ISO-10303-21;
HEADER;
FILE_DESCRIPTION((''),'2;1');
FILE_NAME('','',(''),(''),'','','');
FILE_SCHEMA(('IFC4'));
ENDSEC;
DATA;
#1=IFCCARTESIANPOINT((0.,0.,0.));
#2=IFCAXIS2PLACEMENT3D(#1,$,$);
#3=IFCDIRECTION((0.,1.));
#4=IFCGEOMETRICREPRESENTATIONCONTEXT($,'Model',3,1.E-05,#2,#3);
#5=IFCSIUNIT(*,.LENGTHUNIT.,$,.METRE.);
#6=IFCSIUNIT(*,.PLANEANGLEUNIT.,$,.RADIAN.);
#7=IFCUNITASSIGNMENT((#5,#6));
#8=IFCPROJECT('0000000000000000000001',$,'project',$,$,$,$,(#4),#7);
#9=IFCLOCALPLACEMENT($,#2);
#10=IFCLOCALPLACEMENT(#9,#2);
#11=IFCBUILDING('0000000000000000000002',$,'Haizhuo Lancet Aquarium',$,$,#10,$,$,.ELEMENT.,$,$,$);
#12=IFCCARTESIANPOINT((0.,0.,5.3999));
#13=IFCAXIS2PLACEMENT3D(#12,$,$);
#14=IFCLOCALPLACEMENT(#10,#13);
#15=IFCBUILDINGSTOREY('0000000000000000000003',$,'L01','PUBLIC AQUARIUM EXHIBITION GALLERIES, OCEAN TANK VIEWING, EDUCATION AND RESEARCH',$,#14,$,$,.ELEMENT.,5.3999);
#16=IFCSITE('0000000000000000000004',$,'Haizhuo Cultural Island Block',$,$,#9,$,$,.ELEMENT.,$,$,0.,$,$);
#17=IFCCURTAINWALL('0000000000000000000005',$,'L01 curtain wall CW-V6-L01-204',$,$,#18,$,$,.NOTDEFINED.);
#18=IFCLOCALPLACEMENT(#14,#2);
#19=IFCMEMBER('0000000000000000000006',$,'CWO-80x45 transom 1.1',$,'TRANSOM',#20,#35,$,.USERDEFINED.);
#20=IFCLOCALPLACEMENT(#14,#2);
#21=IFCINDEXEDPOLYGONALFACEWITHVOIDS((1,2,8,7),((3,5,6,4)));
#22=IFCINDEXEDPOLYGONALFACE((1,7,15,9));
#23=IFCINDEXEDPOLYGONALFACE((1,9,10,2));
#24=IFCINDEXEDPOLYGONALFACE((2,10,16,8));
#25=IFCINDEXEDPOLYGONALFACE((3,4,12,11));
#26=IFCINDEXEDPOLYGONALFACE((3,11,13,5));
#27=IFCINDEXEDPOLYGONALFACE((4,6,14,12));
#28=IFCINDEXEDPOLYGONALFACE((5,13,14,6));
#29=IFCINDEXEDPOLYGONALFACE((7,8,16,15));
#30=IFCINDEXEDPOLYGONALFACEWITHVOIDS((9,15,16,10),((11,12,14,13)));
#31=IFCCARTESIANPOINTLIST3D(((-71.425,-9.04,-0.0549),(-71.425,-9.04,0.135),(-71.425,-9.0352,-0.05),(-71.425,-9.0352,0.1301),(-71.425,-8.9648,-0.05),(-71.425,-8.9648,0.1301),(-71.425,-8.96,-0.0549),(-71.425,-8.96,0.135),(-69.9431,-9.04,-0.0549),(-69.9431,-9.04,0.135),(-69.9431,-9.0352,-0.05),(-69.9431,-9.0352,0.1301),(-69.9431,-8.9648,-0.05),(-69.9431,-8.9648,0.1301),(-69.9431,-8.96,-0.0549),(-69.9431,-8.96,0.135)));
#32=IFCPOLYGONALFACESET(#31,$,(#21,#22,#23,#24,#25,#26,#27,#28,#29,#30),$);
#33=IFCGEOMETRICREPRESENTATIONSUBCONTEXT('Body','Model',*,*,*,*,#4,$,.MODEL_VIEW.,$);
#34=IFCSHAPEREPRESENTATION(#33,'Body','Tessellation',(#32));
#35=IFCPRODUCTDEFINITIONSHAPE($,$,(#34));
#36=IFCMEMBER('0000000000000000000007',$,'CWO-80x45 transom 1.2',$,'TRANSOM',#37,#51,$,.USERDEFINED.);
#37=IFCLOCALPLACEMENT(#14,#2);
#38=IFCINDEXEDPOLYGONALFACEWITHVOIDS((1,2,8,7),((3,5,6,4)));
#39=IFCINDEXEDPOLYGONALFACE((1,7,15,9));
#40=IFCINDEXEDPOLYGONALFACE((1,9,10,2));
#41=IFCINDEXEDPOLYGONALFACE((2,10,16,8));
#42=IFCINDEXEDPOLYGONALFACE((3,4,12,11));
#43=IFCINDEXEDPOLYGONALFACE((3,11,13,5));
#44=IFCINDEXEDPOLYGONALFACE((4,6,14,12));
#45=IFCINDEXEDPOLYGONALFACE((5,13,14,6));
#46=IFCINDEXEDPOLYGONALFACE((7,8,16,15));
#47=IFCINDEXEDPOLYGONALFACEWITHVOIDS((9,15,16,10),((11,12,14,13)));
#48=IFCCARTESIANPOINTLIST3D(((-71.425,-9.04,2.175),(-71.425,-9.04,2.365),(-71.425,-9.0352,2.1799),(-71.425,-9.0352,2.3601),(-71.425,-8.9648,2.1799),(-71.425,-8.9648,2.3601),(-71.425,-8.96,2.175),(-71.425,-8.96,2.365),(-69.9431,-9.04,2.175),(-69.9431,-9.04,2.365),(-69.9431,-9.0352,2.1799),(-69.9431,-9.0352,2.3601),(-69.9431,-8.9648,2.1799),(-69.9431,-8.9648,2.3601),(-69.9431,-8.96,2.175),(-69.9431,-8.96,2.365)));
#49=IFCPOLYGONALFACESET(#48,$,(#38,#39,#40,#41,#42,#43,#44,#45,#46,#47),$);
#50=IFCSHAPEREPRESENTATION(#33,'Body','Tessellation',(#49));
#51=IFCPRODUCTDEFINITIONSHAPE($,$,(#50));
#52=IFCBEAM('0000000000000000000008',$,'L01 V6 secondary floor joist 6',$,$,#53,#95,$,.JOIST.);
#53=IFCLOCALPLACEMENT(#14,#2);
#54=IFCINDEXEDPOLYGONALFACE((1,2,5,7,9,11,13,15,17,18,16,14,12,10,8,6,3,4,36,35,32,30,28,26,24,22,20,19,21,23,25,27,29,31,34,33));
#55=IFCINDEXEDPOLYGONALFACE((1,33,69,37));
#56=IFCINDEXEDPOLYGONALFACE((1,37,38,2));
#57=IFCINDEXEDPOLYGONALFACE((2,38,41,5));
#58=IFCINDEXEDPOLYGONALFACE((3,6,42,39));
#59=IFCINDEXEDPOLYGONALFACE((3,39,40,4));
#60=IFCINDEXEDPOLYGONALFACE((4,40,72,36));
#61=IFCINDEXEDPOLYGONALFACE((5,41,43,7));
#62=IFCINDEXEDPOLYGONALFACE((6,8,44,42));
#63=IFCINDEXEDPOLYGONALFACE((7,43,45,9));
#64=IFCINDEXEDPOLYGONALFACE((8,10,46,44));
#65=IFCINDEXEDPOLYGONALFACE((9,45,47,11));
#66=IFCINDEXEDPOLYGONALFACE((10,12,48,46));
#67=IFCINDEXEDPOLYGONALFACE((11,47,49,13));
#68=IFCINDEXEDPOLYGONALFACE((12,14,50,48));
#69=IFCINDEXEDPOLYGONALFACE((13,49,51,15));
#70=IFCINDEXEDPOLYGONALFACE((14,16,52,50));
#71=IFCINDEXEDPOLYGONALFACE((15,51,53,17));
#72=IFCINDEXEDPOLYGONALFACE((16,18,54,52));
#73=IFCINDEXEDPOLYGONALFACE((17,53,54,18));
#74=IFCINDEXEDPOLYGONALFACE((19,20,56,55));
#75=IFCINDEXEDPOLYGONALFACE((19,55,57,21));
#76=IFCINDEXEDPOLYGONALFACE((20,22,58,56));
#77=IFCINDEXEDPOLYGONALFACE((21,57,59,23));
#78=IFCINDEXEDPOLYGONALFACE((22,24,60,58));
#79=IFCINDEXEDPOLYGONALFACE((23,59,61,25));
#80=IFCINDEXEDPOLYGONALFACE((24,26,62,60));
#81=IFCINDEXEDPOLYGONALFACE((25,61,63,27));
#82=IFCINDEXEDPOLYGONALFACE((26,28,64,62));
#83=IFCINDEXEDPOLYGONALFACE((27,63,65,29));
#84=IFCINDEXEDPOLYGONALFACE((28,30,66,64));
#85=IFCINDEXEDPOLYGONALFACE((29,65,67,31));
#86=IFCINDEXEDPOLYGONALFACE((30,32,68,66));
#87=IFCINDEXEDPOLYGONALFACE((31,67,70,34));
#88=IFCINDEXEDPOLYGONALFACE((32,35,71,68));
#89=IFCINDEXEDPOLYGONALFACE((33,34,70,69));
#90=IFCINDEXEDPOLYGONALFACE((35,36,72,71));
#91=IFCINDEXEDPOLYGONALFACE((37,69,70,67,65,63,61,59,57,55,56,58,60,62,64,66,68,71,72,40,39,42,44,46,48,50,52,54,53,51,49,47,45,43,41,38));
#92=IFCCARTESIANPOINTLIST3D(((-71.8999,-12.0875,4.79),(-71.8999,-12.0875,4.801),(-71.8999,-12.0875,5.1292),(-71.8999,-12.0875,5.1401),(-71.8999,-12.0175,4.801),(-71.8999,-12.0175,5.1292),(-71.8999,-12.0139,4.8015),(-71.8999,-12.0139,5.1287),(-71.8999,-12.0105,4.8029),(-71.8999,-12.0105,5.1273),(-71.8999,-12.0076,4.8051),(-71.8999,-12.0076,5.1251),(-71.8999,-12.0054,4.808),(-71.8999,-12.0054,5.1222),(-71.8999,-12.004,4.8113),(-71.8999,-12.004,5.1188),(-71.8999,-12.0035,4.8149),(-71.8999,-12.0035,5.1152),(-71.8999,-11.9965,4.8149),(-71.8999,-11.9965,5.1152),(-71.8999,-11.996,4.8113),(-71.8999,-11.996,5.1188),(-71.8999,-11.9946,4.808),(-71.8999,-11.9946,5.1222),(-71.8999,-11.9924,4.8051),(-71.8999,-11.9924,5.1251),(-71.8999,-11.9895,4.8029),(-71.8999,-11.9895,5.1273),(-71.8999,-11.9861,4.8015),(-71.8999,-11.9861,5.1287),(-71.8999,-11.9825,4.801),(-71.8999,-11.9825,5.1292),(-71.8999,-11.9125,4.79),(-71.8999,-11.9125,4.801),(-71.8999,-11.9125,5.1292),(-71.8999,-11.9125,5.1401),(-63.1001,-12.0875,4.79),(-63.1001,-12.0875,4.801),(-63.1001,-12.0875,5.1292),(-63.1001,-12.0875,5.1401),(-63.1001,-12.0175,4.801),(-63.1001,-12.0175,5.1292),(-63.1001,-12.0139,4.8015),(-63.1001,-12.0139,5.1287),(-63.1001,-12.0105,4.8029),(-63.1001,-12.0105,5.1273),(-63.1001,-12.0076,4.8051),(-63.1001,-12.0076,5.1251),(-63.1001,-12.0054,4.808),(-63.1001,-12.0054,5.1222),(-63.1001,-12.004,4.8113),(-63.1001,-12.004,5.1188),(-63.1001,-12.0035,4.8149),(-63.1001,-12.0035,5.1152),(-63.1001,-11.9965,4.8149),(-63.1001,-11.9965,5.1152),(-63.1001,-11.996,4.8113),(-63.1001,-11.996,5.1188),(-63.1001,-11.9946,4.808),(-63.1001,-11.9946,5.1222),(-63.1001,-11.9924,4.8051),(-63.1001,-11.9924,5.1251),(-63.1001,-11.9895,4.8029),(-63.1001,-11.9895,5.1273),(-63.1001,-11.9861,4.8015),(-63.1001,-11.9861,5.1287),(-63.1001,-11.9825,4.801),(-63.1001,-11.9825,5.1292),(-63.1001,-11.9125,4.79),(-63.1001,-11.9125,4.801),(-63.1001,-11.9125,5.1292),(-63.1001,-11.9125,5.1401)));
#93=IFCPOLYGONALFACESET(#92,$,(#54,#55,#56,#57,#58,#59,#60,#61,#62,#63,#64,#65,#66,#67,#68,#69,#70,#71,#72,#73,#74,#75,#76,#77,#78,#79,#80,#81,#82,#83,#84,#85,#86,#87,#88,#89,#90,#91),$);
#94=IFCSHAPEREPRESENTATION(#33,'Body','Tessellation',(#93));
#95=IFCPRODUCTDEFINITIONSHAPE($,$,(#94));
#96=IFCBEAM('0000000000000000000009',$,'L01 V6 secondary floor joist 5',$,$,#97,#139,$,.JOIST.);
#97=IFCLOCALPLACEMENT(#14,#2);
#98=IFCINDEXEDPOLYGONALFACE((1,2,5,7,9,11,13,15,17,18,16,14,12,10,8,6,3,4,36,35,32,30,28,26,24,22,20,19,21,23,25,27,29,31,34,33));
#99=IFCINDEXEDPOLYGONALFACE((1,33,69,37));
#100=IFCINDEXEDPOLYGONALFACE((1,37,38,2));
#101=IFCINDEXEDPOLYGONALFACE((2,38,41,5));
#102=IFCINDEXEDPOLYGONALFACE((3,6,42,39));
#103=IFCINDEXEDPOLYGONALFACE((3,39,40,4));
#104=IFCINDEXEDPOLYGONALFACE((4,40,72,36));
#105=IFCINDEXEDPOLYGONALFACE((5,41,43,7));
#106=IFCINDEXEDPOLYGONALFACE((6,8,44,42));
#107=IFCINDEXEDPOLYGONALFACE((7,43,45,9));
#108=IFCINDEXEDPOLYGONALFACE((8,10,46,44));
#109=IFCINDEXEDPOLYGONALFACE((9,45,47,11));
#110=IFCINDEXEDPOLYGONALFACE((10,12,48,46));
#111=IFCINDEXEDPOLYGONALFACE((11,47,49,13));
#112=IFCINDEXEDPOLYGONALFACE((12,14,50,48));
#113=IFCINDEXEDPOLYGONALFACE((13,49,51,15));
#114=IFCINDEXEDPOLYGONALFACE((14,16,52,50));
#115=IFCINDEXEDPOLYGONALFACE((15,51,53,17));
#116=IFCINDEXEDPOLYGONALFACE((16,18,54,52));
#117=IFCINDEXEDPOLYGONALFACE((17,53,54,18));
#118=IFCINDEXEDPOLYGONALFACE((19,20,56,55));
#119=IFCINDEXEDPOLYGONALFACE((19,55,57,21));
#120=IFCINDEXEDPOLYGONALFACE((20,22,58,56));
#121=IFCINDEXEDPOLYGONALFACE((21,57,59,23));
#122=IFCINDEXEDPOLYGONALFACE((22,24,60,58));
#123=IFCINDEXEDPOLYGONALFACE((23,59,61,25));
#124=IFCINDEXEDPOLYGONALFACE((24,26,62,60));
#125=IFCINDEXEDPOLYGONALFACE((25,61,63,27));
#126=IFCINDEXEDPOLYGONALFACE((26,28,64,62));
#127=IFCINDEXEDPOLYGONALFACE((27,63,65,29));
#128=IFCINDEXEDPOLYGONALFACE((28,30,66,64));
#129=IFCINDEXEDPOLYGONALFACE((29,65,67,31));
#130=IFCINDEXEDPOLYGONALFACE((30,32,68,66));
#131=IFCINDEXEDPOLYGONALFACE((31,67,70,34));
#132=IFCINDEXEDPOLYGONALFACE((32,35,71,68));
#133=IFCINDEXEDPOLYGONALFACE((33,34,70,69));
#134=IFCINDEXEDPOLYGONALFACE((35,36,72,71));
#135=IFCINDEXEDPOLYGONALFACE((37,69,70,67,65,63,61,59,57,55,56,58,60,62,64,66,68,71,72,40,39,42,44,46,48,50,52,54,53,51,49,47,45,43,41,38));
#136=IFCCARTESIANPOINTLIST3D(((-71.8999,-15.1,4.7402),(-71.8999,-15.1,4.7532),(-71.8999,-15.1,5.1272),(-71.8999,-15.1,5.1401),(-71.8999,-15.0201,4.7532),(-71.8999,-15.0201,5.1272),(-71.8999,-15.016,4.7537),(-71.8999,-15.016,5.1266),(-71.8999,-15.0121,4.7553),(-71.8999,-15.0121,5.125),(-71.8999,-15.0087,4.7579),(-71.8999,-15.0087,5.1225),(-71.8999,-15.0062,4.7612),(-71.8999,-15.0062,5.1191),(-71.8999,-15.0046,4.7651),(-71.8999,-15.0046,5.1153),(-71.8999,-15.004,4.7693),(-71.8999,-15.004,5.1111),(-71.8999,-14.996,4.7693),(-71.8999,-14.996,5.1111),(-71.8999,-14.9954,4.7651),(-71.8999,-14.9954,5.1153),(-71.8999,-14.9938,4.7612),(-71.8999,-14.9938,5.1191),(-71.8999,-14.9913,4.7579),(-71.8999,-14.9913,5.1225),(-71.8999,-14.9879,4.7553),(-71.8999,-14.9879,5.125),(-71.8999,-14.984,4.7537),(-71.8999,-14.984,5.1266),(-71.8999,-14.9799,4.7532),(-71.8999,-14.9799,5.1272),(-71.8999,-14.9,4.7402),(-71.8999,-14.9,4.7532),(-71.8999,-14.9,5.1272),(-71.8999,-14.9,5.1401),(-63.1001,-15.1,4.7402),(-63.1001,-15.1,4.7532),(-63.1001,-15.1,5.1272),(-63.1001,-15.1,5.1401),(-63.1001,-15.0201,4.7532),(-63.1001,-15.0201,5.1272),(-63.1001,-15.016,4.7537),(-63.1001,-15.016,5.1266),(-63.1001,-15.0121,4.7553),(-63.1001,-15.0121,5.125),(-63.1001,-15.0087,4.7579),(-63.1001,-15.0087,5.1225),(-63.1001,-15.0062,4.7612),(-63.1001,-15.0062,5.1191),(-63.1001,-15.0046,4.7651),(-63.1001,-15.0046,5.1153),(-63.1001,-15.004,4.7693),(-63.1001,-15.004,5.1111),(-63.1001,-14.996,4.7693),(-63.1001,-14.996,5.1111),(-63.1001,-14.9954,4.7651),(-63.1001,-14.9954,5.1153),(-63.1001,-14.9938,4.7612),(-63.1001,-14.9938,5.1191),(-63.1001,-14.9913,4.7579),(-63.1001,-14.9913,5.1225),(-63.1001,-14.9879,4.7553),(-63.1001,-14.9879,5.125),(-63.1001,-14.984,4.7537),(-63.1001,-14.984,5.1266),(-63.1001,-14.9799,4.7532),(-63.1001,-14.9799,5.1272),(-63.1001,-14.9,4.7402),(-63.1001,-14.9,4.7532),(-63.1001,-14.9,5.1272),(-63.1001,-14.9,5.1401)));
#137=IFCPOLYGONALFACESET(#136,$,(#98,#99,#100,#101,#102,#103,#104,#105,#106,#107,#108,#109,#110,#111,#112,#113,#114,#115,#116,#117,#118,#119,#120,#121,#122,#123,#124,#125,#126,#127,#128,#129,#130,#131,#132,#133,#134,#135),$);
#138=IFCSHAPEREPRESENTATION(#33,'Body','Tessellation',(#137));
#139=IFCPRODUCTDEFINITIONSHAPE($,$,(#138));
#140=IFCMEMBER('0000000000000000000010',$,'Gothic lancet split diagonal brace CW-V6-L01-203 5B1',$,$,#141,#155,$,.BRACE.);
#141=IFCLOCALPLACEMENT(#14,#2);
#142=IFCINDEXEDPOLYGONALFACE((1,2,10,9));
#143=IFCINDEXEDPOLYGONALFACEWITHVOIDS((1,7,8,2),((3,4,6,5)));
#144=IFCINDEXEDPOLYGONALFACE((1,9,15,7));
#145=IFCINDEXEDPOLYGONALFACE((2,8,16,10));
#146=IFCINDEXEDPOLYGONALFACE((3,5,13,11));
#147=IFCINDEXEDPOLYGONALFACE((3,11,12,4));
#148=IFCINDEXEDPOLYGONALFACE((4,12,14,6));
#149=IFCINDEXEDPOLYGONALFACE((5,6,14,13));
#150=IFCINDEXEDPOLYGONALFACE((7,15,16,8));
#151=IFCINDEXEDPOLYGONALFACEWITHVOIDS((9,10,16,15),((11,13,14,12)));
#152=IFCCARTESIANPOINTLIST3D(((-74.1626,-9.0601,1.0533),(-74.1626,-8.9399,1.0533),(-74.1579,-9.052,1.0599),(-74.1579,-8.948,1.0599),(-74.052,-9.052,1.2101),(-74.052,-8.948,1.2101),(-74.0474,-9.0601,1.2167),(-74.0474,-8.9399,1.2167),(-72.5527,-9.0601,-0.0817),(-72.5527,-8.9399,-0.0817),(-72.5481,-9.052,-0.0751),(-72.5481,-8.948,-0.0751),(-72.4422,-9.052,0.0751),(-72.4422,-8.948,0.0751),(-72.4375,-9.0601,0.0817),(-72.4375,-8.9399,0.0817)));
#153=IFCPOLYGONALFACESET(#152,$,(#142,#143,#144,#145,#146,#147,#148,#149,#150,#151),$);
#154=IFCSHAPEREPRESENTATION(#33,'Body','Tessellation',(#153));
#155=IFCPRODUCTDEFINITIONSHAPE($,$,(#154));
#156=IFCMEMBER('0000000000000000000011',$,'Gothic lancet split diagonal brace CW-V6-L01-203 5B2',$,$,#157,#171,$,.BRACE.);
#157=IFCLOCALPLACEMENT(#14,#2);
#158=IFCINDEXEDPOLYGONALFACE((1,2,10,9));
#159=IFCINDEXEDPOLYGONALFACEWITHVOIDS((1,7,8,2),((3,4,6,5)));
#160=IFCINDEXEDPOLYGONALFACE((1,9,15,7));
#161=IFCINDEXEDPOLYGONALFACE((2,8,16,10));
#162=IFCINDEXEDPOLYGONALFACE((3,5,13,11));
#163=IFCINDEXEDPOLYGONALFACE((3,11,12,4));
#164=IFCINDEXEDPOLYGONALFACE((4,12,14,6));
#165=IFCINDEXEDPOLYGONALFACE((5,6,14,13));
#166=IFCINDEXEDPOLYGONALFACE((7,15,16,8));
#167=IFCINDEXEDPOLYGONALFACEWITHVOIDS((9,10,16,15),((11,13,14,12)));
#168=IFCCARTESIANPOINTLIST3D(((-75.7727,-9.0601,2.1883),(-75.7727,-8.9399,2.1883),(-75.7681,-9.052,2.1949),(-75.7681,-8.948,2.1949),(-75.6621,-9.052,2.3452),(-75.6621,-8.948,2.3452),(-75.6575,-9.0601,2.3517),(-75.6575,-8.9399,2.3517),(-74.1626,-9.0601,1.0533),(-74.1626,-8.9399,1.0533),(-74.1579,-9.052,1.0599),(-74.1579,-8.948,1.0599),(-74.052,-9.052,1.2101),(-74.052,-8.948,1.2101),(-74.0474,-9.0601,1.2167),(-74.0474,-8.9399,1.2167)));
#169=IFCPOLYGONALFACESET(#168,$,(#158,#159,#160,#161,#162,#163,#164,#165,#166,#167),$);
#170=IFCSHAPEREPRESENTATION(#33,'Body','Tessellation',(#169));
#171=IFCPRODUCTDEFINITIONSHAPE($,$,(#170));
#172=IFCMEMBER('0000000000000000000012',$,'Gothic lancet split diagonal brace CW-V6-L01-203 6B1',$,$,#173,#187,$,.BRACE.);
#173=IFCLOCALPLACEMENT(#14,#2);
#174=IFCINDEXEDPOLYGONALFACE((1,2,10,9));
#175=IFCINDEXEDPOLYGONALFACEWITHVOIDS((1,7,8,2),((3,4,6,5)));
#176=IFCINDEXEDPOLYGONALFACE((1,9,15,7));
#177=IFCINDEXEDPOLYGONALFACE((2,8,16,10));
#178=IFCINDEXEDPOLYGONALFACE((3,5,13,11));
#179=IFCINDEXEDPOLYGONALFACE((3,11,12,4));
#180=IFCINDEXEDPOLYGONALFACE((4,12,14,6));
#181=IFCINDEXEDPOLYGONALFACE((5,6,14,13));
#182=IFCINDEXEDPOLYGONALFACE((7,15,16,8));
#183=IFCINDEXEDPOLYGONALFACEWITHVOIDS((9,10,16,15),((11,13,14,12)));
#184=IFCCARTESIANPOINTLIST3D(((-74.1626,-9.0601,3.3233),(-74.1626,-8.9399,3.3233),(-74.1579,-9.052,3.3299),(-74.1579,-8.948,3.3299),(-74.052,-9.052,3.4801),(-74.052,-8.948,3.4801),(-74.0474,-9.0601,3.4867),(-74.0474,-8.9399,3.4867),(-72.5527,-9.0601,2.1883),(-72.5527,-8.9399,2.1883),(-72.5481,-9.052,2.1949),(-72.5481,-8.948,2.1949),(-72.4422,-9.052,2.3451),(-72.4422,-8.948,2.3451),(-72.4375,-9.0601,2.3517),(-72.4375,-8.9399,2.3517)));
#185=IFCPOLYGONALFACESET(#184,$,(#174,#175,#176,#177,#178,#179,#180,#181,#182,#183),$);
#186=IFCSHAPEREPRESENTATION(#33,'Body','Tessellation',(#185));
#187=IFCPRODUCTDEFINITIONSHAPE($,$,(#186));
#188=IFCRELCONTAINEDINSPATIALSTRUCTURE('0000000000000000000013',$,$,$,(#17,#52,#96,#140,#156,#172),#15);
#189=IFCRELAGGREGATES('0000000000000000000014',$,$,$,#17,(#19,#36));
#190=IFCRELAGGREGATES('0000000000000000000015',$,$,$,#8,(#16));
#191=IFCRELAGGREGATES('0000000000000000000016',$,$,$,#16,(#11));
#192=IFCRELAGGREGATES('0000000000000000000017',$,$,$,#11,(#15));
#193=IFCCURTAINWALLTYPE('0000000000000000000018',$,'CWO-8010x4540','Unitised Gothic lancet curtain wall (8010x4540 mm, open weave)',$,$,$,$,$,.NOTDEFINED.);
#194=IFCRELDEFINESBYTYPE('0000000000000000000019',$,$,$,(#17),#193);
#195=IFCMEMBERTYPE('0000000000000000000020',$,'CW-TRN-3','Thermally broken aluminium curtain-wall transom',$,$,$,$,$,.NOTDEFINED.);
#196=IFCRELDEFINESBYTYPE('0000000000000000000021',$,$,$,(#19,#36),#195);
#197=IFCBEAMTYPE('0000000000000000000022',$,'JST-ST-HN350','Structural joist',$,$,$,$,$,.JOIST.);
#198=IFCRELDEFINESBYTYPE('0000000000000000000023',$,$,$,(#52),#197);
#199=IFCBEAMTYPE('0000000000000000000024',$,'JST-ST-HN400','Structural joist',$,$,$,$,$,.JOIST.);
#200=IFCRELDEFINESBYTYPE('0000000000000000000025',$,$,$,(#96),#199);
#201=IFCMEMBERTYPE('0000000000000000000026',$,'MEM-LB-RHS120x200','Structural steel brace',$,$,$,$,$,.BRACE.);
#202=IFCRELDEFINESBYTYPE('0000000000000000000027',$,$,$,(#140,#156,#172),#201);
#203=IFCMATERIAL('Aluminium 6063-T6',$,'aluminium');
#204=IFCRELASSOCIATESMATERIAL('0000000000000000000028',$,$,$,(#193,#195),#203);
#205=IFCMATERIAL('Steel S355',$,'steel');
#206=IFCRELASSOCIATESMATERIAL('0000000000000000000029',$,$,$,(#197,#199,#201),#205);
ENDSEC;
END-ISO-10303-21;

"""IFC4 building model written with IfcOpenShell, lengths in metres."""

from ifc_helpers import new_model, si_unit, direction, frame, origin, origin_2d, place, context, subcontext, project, spatial, hollow_rectangle, i_section, extrude, material, material_profile, profile_set, type_object, element, aggregate, save


model = new_model("IFC4")

# Units and contexts
model_context = context("Model", 3, precision=1e-05, world=origin(), true_north=direction((0.0, 1.0)))
body_context = subcontext(model_context, "Body", "Model", "MODEL_VIEW")
ifc_project = project(units=[si_unit("LENGTHUNIT", "METRE"), si_unit("PLANEANGLEUNIT", "RADIAN")], contexts=[model_context])

# Site, building, storey
site_placement = place(None, origin())
site = spatial("IfcSite", under=ifc_project, at=site_placement, Name="Haizhuo Cultural Island Block", CompositionType="ELEMENT", RefElevation=0.0)
building_placement = place(site_placement, origin())
building = spatial("IfcBuilding", under=site, at=building_placement, Name="Haizhuo Lancet Aquarium", CompositionType="ELEMENT")
storey_placement = place(building_placement, frame((0.0, 0.0, 5.3999)))
storey = spatial("IfcBuildingStorey", under=building, at=storey_placement, Name="L01", Description="PUBLIC AQUARIUM EXHIBITION GALLERIES, OCEAN TANK VIEWING, EDUCATION AND RESEARCH", CompositionType="ELEMENT", Elevation=5.3999)

# Shared definitions
ifc_material_1 = material(Name="Steel S355", Category="steel")

# Shared definitions
ifc_material_2 = material(Name="Aluminium 6063-T6", Category="aluminium")

# Curtain wall
curtain_wall_type_1 = type_object("IfcCurtainWallType", Name="CWO-8010x4540", Description="Unitised Gothic lancet curtain wall (8010x4540 mm, open weave)", PredefinedType="NOTDEFINED", material=ifc_material_2)
curtain_wall_1_placement = place(storey_placement, origin())
curtain_wall_1 = element("IfcCurtainWall", 1, at=curtain_wall_1_placement, inside=storey, type_object=curtain_wall_type_1, Name="L01 curtain wall CW-V6-L01-204", PredefinedType="NOTDEFINED")

# Members
ifc_material_profile_1 = material_profile(ifc_material_2, hollow_rectangle(XDim=0.0801, YDim=0.1899, WallThickness=0.0049, at=origin_2d()), Name="ALU-T 80x190x5")
ifc_profile_set_1 = profile_set([ifc_material_profile_1], Name="Aluminium 6063-T6")
member_type_1 = type_object("IfcMemberType", Name="CW-TRN-3", Description="Thermally broken aluminium curtain-wall transom", PredefinedType="NOTDEFINED", material=ifc_profile_set_1)
member_1_placement = place(storey_placement, frame((-71.425, -9.0, 0.04), z_axis=(1.0, 0.0, 0.0), x_axis=(0.0, 1.0, 0.0)))
member_1 = element("IfcMember", 2, at=member_1_placement, type_object=member_type_1, Name="CWO-80x45 transom 1.1", ObjectType="TRANSOM", PredefinedType="USERDEFINED", context=body_context, shape_type="SweptSolid", body=[
    extrude(hollow_rectangle(XDim=0.0801, YDim=0.1899, WallThickness=0.0049, at=origin_2d()), origin(), (0.0, 0.0, 1.0), 1.4819),
])
member_2_placement = place(storey_placement, frame((-71.425, -9.0, 2.27), z_axis=(1.0, 0.0, 0.0), x_axis=(0.0, 1.0, 0.0)))
member_2 = element("IfcMember", 3, at=member_2_placement, type_object=member_type_1, Name="CWO-80x45 transom 1.2", ObjectType="TRANSOM", PredefinedType="USERDEFINED", context=body_context, shape_type="SweptSolid", body=[
    extrude(hollow_rectangle(XDim=0.0801, YDim=0.1899, WallThickness=0.0049, at=origin_2d()), origin(), (0.0, 0.0, 1.0), 1.4819),
])
aggregate(curtain_wall_1, [member_1, member_2])

# Beams
ifc_material_profile_2 = material_profile(ifc_material_1, i_section(OverallWidth=0.175, OverallDepth=0.3501, WebThickness=0.0071, FlangeThickness=0.011, FilletRadius=0.0139, at=origin_2d()), Name="HN 350x175x7x11")
ifc_profile_set_2 = profile_set([ifc_material_profile_2], Name="Steel S355")
beam_type_1 = type_object("IfcBeamType", Name="JST-ST-HN350", Description="Structural joist", PredefinedType="JOIST", material=ifc_profile_set_2)
beam_1_placement = place(storey_placement, frame((-71.8999, -12.0, 4.9651), z_axis=(1.0, 0.0, 0.0), x_axis=(0.0, 1.0, 0.0)))
element("IfcBeam", 4, at=beam_1_placement, inside=storey, type_object=beam_type_1, Name="L01 V6 secondary floor joist 6", PredefinedType="JOIST", context=body_context, shape_type="SweptSolid", body=[
    extrude(i_section(OverallWidth=0.175, OverallDepth=0.3501, WebThickness=0.0071, FlangeThickness=0.011, FilletRadius=0.0139, at=origin_2d()), origin(), (0.0, 0.0, 1.0), 8.7998),
])
ifc_material_profile_3 = material_profile(ifc_material_1, i_section(OverallWidth=0.2, OverallDepth=0.3999, WebThickness=0.0081, FlangeThickness=0.0129, FilletRadius=0.0161, at=origin_2d()), Name="HN 400x200x8x13")
ifc_profile_set_3 = profile_set([ifc_material_profile_3], Name="Steel S355")
beam_type_2 = type_object("IfcBeamType", Name="JST-ST-HN400", Description="Structural joist", PredefinedType="JOIST", material=ifc_profile_set_3)
beam_2_placement = place(storey_placement, frame((-71.8999, -15.0, 4.9402), z_axis=(1.0, 0.0, 0.0), x_axis=(0.0, 1.0, 0.0)))
element("IfcBeam", 5, at=beam_2_placement, inside=storey, type_object=beam_type_2, Name="L01 V6 secondary floor joist 5", PredefinedType="JOIST", context=body_context, shape_type="SweptSolid", body=[
    extrude(i_section(OverallWidth=0.2, OverallDepth=0.3999, WebThickness=0.0081, FlangeThickness=0.0129, FilletRadius=0.0161, at=origin_2d()), origin(), (0.0, 0.0, 1.0), 8.7998),
])

# Members
ifc_material_profile_4 = material_profile(ifc_material_1, hollow_rectangle(XDim=0.1201, YDim=0.2, WallThickness=0.0081, at=origin_2d()), Name="RHS 120x200x8")
ifc_profile_set_4 = profile_set([ifc_material_profile_4], Name="Steel S355")
member_type_2 = type_object("IfcMemberType", Name="MEM-LB-RHS120x200", Description="Structural steel brace", PredefinedType="BRACE", material=ifc_profile_set_4)
member_3_placement = place(storey_placement, frame((-72.4951, -9.0, 0.0), z_axis=(-0.817294, 0.0, 0.576221), x_axis=(0.0, -1.0, 0.0)))
element("IfcMember", 6, at=member_3_placement, inside=storey, type_object=member_type_2, Name="Gothic lancet split diagonal brace CW-V6-L01-203 5B1", PredefinedType="BRACE", context=body_context, shape_type="SweptSolid", body=[
    extrude(hollow_rectangle(XDim=0.1201, YDim=0.2, WallThickness=0.0081, at=origin_2d()), origin(), (0.0, 0.0, 1.0), 1.9697),
])
member_4_placement = place(storey_placement, frame((-74.105, -9.0, 1.135), z_axis=(-0.817335, 0.0, 0.576162), x_axis=(0.0, -1.0, 0.0)))
element("IfcMember", 7, at=member_4_placement, inside=storey, type_object=member_type_2, Name="Gothic lancet split diagonal brace CW-V6-L01-203 5B2", PredefinedType="BRACE", context=body_context, shape_type="SweptSolid", body=[
    extrude(hollow_rectangle(XDim=0.1201, YDim=0.2, WallThickness=0.0081, at=origin_2d()), origin(), (0.0, 0.0, 1.0), 1.97),
])
member_5_placement = place(storey_placement, frame((-72.4951, -9.0, 2.27), z_axis=(-0.817294, 0.0, 0.576221), x_axis=(0.0, -1.0, 0.0)))
element("IfcMember", 8, at=member_5_placement, inside=storey, type_object=member_type_2, Name="Gothic lancet split diagonal brace CW-V6-L01-203 6B1", PredefinedType="BRACE", context=body_context, shape_type="SweptSolid", body=[
    extrude(hollow_rectangle(XDim=0.1201, YDim=0.2, WallThickness=0.0081, at=origin_2d()), origin(), (0.0, 0.0, 1.0), 1.9697),
])

save(model, "model.ifc")
